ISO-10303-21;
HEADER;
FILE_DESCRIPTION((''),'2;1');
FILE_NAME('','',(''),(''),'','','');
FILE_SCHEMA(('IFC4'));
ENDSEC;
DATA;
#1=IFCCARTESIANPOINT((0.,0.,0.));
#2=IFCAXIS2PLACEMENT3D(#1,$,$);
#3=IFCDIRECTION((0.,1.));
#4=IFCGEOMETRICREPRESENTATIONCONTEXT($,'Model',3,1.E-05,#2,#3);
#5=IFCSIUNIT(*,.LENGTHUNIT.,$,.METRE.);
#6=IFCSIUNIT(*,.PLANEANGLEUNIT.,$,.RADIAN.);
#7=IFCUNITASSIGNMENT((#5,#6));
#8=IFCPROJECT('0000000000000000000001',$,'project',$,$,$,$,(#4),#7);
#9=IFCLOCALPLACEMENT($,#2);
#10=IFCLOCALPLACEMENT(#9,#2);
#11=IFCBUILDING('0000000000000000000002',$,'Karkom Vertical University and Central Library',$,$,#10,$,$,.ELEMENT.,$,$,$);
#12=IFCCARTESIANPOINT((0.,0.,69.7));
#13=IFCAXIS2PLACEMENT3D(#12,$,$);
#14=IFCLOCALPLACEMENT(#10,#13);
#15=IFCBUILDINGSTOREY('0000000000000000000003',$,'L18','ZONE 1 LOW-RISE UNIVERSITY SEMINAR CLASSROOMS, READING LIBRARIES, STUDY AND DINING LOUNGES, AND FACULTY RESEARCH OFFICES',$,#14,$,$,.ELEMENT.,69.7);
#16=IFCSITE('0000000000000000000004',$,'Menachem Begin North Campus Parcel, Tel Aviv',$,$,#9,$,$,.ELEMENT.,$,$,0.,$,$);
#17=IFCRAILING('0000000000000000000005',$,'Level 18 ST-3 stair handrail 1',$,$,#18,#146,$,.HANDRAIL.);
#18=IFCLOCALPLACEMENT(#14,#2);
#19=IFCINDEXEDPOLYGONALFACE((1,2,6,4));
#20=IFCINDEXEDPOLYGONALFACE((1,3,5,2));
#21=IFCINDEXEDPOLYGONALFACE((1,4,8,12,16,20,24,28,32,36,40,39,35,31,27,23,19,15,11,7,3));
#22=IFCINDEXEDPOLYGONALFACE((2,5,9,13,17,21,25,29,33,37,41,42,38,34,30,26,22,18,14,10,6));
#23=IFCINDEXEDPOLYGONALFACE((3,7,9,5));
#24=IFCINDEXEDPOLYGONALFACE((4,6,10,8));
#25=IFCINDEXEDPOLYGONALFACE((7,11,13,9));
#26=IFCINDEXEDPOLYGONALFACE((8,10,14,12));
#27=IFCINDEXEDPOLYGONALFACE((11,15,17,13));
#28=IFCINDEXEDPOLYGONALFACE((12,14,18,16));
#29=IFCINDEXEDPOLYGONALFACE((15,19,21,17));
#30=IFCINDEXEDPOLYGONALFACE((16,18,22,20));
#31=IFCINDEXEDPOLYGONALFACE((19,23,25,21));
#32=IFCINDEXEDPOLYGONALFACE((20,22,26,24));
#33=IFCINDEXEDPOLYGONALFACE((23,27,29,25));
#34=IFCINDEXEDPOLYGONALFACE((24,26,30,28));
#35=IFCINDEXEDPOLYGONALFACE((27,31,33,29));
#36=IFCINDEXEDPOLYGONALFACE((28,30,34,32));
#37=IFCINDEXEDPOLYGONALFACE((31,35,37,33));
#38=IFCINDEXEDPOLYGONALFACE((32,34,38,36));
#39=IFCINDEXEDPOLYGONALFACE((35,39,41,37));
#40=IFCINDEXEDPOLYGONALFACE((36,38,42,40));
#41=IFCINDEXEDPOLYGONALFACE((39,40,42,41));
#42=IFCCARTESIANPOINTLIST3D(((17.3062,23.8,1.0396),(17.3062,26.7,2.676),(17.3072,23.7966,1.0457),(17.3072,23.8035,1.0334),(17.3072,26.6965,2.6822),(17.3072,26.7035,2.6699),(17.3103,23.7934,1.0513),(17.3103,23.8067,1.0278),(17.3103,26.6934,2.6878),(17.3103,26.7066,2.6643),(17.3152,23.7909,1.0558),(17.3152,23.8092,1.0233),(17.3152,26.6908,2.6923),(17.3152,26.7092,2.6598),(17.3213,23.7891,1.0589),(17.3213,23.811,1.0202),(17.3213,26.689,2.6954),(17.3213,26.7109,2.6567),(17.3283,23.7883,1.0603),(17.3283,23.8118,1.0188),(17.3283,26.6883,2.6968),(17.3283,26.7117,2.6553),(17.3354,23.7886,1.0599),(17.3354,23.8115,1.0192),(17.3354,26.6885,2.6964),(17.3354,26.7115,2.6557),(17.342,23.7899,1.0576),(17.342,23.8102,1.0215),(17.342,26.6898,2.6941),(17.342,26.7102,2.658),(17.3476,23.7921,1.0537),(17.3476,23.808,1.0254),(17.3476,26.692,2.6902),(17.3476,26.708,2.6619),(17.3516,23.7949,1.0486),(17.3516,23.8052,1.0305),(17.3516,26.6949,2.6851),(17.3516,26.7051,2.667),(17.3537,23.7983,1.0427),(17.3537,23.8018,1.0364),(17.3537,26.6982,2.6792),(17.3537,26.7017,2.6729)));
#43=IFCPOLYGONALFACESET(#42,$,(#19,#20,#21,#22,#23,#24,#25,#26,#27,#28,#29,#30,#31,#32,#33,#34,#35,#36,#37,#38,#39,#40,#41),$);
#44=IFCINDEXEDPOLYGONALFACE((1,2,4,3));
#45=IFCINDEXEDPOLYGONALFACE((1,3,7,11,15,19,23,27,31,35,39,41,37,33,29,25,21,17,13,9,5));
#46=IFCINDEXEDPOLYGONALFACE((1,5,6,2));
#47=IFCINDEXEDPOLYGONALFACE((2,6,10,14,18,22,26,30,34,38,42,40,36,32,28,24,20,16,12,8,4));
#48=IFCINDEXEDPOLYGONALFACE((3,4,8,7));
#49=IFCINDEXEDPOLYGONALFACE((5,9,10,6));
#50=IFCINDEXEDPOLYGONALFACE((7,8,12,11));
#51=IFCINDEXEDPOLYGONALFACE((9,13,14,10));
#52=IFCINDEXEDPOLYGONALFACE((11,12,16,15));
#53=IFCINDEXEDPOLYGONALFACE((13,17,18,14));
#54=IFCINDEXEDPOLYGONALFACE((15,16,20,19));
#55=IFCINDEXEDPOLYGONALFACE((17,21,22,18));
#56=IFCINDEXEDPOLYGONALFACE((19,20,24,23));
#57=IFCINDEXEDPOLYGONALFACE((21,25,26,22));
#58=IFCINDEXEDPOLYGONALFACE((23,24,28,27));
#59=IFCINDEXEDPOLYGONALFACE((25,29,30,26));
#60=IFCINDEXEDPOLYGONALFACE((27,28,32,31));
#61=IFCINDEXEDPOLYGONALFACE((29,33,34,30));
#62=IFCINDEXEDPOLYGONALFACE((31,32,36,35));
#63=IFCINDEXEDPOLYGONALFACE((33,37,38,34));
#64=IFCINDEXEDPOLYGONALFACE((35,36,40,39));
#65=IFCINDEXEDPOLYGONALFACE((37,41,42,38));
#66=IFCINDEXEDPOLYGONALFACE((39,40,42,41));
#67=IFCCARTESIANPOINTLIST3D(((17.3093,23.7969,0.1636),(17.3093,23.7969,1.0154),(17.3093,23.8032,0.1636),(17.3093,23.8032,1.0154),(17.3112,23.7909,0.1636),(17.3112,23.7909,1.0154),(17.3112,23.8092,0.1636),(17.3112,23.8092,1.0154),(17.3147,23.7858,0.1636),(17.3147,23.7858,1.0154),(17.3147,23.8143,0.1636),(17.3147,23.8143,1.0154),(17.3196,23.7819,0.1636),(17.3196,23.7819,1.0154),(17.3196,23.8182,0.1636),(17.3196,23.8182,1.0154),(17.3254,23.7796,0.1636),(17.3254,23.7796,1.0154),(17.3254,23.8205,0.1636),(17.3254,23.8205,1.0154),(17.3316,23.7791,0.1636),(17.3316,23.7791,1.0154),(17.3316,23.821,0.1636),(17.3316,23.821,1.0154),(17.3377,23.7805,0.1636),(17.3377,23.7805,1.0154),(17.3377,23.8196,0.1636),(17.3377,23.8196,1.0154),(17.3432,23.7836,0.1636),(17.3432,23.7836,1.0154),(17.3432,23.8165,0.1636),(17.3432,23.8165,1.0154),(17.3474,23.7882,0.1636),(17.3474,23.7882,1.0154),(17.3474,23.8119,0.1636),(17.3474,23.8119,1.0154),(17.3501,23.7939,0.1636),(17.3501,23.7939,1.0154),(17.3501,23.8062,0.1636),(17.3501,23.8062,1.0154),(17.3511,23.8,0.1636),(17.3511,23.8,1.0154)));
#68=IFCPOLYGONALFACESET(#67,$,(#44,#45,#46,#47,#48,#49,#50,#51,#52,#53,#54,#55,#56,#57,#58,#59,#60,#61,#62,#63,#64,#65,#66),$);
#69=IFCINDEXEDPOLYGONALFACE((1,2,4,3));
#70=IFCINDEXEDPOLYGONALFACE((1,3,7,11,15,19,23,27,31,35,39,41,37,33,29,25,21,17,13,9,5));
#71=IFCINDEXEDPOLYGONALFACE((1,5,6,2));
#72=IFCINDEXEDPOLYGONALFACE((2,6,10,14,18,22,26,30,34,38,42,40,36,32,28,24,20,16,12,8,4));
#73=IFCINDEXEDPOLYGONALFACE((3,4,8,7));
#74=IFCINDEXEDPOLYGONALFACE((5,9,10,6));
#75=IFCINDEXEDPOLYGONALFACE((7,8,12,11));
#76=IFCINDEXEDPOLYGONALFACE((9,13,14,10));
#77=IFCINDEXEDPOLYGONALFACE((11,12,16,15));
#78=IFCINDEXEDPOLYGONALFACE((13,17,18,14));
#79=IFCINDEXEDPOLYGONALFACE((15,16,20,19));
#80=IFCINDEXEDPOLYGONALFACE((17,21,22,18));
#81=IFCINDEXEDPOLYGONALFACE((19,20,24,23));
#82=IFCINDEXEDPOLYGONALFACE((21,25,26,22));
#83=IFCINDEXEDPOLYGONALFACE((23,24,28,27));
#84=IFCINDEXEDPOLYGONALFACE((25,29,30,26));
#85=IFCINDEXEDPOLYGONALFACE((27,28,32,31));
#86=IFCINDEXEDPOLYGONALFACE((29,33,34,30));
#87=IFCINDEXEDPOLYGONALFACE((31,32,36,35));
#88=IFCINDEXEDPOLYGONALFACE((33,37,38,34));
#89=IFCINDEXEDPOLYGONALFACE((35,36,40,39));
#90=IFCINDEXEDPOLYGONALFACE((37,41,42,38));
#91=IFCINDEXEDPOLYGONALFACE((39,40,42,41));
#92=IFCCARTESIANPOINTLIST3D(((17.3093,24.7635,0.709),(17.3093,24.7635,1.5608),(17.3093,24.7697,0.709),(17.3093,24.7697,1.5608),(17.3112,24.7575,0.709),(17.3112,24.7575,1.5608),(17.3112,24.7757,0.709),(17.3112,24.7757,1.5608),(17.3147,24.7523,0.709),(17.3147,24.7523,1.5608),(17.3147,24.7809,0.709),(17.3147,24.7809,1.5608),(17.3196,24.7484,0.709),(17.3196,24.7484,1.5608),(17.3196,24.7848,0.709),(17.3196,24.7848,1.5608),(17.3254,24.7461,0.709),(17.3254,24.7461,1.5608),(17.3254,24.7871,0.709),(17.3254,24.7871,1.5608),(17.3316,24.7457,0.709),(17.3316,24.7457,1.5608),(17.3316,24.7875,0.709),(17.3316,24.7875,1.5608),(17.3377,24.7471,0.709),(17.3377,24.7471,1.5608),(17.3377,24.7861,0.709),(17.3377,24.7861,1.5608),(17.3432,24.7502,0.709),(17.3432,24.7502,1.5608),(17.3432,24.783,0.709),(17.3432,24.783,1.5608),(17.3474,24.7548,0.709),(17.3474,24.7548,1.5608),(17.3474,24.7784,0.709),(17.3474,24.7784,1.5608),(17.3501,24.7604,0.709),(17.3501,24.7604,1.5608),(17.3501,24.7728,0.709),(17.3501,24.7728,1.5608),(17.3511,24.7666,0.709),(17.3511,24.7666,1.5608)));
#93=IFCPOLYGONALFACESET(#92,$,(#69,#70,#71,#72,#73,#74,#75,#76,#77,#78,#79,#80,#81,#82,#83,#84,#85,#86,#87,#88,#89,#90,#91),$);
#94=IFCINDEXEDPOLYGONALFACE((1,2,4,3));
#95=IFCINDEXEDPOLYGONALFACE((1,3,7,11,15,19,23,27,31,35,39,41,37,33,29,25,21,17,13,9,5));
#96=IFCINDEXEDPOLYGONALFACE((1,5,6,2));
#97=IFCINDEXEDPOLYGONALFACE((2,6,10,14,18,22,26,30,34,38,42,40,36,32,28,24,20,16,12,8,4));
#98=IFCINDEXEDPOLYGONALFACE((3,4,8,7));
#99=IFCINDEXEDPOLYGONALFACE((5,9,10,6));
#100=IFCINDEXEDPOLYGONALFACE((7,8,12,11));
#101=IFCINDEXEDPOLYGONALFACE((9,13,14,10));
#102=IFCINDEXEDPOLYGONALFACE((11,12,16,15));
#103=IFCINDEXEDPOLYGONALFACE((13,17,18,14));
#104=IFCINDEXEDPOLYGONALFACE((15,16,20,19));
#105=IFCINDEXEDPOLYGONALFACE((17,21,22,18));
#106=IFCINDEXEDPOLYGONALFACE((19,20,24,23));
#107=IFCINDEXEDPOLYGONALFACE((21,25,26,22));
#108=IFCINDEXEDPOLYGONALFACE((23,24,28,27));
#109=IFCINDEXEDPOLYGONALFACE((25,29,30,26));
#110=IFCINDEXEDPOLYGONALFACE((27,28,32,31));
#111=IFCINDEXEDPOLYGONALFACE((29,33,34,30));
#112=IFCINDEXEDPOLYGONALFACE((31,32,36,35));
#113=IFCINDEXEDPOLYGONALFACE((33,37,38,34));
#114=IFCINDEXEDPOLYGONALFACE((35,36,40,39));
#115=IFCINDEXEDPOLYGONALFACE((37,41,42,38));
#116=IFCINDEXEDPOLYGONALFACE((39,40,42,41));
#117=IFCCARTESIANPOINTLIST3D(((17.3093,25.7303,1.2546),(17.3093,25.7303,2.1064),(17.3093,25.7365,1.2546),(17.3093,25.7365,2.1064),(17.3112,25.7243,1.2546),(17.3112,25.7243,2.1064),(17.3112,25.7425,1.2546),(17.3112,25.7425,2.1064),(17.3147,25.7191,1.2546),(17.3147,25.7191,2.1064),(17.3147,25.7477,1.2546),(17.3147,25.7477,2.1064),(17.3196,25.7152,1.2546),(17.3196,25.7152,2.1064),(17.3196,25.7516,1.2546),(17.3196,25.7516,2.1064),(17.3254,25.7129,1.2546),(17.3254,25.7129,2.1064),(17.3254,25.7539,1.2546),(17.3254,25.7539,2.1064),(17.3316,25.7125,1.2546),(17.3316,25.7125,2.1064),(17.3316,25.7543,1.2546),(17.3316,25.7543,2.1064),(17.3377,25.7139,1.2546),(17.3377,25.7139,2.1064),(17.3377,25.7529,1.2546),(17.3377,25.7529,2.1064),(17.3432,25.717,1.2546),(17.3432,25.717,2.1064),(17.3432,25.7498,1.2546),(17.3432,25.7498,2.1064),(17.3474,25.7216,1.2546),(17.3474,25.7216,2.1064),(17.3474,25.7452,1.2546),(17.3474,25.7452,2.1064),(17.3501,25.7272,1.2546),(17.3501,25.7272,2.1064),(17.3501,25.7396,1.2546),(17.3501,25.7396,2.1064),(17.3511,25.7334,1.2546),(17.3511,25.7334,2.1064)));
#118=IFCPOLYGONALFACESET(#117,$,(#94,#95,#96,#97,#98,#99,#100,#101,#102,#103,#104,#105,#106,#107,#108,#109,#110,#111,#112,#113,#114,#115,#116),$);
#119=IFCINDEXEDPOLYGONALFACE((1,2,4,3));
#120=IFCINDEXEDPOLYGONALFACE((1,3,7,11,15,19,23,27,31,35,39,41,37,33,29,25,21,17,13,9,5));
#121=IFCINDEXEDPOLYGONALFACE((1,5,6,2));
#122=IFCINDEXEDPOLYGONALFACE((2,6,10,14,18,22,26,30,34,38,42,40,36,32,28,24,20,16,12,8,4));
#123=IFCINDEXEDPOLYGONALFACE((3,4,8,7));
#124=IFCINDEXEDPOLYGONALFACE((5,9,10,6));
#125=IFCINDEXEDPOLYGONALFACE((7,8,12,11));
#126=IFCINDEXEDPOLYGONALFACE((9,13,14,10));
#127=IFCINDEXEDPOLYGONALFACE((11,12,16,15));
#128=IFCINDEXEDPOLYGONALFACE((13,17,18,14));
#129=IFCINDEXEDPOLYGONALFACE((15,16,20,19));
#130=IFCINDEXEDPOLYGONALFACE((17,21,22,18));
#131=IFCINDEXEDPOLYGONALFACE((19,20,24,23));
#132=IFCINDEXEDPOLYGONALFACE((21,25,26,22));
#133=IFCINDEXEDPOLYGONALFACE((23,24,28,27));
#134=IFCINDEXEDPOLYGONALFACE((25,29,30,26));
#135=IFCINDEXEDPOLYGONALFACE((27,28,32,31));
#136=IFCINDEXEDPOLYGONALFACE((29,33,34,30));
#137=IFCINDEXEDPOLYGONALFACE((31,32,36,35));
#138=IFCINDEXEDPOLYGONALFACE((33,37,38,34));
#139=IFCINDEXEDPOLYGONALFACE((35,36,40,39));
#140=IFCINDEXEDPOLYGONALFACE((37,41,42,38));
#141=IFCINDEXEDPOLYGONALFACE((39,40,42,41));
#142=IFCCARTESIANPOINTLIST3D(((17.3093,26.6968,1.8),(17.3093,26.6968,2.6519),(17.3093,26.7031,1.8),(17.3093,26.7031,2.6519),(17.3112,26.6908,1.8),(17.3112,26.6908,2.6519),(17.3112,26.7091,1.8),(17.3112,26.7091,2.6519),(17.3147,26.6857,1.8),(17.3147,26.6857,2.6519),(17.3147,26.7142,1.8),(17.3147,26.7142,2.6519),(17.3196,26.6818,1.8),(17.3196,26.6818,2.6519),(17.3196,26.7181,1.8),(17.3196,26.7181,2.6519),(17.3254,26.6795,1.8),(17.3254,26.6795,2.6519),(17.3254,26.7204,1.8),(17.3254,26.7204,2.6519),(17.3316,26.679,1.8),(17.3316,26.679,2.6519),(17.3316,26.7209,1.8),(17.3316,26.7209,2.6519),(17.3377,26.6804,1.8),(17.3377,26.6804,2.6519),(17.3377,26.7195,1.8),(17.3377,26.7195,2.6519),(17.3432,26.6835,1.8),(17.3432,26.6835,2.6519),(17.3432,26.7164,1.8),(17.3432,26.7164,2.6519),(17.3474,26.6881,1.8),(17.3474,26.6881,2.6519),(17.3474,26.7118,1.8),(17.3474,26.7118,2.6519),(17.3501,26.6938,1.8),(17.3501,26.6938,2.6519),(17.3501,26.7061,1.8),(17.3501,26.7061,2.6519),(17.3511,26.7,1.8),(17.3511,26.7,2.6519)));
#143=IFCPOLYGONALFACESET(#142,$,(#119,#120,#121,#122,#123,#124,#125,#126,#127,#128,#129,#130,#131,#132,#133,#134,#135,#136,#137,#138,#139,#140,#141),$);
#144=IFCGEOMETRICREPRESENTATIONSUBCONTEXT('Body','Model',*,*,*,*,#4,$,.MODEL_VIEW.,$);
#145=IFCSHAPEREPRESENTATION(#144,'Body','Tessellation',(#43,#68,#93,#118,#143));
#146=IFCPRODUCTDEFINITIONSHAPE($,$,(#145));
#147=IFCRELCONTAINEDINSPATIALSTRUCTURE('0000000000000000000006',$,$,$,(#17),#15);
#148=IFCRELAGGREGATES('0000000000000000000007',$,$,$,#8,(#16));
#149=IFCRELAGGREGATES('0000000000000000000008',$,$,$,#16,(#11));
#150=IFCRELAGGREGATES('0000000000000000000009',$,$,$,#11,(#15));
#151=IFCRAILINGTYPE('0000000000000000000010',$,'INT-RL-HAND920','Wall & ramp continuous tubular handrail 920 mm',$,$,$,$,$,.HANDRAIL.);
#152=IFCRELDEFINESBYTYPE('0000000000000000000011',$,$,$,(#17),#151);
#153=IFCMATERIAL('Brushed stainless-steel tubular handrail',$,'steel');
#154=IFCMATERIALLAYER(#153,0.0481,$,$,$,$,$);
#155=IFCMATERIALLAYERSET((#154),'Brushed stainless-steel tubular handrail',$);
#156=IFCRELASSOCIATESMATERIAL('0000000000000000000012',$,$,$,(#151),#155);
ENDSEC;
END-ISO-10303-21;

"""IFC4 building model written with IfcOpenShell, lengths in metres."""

from ifc_helpers import new_model, si_unit, direction, frame, origin, origin_2d, place, context, subcontext, project, spatial, circle, extrude, material, layer, layer_set, type_object, element, save


model = new_model("IFC4")

# Units and contexts
model_context = context("Model", 3, precision=1e-05, world=origin(), true_north=direction((0.0, 1.0)))
body_context = subcontext(model_context, "Body", "Model", "MODEL_VIEW")
ifc_project = project(units=[si_unit("LENGTHUNIT", "METRE"), si_unit("PLANEANGLEUNIT", "RADIAN")], contexts=[model_context])

# Site, building, storey
site_placement = place(None, origin())
site = spatial("IfcSite", under=ifc_project, at=site_placement, Name="Menachem Begin North Campus Parcel, Tel Aviv", CompositionType="ELEMENT", RefElevation=0.0)
building_placement = place(site_placement, origin())
building = spatial("IfcBuilding", under=site, at=building_placement, Name="Karkom Vertical University and Central Library", CompositionType="ELEMENT")
storey_placement = place(building_placement, frame((0.0, 0.0, 69.7)))
storey = spatial("IfcBuildingStorey", under=building, at=storey_placement, Name="L18", Description="ZONE 1 LOW-RISE UNIVERSITY SEMINAR CLASSROOMS, READING LIBRARIES, STUDY AND DINING LOUNGES, AND FACULTY RESEARCH OFFICES", CompositionType="ELEMENT", Elevation=69.7)

# Railing
ifc_material_1 = material(Name="Brushed stainless-steel tubular handrail", Category="steel")
ifc_layer_1 = layer(ifc_material_1, 0.0481)
ifc_layer_set_1 = layer_set([ifc_layer_1], Name="Brushed stainless-steel tubular handrail")
railing_type_1 = type_object("IfcRailingType", Name="INT-RL-HAND920", Description="Wall & ramp continuous tubular handrail 920 mm", PredefinedType="HANDRAIL", material=ifc_layer_set_1)
railing_1_placement = place(storey_placement, frame((17.3301, 23.8, 0.1636)))
element("IfcRailing", 1, at=railing_1_placement, inside=storey, type_object=railing_type_1, Name="Level 18 ST-3 stair handrail 1", PredefinedType="HANDRAIL", context=body_context, shape_type="SweptSolid", body=[
    extrude(circle(Radius=0.0239, at=origin_2d()), frame((0.0, 0.0, 0.876), z_axis=(0.0, 0.870897, 0.491465), x_axis=(-1.0, 0.0, 0.0)), (0.0, 0.0, 1.0), 3.3298),
    extrude(circle(Radius=0.021, at=origin_2d()), origin(), (0.0, 0.0, 1.0), 0.8518),
    extrude(circle(Radius=0.021, at=origin_2d()), frame((0.0, 0.9666, 0.5454)), (0.0, 0.0, 1.0), 0.8518),
    extrude(circle(Radius=0.021, at=origin_2d()), frame((0.0, 1.9333, 1.0911)), (0.0, 0.0, 1.0), 0.8518),
    extrude(circle(Radius=0.021, at=origin_2d()), frame((0.0, 2.8999, 1.6365)), (0.0, 0.0, 1.0), 0.8518),
])

save(model, "model.ifc")
